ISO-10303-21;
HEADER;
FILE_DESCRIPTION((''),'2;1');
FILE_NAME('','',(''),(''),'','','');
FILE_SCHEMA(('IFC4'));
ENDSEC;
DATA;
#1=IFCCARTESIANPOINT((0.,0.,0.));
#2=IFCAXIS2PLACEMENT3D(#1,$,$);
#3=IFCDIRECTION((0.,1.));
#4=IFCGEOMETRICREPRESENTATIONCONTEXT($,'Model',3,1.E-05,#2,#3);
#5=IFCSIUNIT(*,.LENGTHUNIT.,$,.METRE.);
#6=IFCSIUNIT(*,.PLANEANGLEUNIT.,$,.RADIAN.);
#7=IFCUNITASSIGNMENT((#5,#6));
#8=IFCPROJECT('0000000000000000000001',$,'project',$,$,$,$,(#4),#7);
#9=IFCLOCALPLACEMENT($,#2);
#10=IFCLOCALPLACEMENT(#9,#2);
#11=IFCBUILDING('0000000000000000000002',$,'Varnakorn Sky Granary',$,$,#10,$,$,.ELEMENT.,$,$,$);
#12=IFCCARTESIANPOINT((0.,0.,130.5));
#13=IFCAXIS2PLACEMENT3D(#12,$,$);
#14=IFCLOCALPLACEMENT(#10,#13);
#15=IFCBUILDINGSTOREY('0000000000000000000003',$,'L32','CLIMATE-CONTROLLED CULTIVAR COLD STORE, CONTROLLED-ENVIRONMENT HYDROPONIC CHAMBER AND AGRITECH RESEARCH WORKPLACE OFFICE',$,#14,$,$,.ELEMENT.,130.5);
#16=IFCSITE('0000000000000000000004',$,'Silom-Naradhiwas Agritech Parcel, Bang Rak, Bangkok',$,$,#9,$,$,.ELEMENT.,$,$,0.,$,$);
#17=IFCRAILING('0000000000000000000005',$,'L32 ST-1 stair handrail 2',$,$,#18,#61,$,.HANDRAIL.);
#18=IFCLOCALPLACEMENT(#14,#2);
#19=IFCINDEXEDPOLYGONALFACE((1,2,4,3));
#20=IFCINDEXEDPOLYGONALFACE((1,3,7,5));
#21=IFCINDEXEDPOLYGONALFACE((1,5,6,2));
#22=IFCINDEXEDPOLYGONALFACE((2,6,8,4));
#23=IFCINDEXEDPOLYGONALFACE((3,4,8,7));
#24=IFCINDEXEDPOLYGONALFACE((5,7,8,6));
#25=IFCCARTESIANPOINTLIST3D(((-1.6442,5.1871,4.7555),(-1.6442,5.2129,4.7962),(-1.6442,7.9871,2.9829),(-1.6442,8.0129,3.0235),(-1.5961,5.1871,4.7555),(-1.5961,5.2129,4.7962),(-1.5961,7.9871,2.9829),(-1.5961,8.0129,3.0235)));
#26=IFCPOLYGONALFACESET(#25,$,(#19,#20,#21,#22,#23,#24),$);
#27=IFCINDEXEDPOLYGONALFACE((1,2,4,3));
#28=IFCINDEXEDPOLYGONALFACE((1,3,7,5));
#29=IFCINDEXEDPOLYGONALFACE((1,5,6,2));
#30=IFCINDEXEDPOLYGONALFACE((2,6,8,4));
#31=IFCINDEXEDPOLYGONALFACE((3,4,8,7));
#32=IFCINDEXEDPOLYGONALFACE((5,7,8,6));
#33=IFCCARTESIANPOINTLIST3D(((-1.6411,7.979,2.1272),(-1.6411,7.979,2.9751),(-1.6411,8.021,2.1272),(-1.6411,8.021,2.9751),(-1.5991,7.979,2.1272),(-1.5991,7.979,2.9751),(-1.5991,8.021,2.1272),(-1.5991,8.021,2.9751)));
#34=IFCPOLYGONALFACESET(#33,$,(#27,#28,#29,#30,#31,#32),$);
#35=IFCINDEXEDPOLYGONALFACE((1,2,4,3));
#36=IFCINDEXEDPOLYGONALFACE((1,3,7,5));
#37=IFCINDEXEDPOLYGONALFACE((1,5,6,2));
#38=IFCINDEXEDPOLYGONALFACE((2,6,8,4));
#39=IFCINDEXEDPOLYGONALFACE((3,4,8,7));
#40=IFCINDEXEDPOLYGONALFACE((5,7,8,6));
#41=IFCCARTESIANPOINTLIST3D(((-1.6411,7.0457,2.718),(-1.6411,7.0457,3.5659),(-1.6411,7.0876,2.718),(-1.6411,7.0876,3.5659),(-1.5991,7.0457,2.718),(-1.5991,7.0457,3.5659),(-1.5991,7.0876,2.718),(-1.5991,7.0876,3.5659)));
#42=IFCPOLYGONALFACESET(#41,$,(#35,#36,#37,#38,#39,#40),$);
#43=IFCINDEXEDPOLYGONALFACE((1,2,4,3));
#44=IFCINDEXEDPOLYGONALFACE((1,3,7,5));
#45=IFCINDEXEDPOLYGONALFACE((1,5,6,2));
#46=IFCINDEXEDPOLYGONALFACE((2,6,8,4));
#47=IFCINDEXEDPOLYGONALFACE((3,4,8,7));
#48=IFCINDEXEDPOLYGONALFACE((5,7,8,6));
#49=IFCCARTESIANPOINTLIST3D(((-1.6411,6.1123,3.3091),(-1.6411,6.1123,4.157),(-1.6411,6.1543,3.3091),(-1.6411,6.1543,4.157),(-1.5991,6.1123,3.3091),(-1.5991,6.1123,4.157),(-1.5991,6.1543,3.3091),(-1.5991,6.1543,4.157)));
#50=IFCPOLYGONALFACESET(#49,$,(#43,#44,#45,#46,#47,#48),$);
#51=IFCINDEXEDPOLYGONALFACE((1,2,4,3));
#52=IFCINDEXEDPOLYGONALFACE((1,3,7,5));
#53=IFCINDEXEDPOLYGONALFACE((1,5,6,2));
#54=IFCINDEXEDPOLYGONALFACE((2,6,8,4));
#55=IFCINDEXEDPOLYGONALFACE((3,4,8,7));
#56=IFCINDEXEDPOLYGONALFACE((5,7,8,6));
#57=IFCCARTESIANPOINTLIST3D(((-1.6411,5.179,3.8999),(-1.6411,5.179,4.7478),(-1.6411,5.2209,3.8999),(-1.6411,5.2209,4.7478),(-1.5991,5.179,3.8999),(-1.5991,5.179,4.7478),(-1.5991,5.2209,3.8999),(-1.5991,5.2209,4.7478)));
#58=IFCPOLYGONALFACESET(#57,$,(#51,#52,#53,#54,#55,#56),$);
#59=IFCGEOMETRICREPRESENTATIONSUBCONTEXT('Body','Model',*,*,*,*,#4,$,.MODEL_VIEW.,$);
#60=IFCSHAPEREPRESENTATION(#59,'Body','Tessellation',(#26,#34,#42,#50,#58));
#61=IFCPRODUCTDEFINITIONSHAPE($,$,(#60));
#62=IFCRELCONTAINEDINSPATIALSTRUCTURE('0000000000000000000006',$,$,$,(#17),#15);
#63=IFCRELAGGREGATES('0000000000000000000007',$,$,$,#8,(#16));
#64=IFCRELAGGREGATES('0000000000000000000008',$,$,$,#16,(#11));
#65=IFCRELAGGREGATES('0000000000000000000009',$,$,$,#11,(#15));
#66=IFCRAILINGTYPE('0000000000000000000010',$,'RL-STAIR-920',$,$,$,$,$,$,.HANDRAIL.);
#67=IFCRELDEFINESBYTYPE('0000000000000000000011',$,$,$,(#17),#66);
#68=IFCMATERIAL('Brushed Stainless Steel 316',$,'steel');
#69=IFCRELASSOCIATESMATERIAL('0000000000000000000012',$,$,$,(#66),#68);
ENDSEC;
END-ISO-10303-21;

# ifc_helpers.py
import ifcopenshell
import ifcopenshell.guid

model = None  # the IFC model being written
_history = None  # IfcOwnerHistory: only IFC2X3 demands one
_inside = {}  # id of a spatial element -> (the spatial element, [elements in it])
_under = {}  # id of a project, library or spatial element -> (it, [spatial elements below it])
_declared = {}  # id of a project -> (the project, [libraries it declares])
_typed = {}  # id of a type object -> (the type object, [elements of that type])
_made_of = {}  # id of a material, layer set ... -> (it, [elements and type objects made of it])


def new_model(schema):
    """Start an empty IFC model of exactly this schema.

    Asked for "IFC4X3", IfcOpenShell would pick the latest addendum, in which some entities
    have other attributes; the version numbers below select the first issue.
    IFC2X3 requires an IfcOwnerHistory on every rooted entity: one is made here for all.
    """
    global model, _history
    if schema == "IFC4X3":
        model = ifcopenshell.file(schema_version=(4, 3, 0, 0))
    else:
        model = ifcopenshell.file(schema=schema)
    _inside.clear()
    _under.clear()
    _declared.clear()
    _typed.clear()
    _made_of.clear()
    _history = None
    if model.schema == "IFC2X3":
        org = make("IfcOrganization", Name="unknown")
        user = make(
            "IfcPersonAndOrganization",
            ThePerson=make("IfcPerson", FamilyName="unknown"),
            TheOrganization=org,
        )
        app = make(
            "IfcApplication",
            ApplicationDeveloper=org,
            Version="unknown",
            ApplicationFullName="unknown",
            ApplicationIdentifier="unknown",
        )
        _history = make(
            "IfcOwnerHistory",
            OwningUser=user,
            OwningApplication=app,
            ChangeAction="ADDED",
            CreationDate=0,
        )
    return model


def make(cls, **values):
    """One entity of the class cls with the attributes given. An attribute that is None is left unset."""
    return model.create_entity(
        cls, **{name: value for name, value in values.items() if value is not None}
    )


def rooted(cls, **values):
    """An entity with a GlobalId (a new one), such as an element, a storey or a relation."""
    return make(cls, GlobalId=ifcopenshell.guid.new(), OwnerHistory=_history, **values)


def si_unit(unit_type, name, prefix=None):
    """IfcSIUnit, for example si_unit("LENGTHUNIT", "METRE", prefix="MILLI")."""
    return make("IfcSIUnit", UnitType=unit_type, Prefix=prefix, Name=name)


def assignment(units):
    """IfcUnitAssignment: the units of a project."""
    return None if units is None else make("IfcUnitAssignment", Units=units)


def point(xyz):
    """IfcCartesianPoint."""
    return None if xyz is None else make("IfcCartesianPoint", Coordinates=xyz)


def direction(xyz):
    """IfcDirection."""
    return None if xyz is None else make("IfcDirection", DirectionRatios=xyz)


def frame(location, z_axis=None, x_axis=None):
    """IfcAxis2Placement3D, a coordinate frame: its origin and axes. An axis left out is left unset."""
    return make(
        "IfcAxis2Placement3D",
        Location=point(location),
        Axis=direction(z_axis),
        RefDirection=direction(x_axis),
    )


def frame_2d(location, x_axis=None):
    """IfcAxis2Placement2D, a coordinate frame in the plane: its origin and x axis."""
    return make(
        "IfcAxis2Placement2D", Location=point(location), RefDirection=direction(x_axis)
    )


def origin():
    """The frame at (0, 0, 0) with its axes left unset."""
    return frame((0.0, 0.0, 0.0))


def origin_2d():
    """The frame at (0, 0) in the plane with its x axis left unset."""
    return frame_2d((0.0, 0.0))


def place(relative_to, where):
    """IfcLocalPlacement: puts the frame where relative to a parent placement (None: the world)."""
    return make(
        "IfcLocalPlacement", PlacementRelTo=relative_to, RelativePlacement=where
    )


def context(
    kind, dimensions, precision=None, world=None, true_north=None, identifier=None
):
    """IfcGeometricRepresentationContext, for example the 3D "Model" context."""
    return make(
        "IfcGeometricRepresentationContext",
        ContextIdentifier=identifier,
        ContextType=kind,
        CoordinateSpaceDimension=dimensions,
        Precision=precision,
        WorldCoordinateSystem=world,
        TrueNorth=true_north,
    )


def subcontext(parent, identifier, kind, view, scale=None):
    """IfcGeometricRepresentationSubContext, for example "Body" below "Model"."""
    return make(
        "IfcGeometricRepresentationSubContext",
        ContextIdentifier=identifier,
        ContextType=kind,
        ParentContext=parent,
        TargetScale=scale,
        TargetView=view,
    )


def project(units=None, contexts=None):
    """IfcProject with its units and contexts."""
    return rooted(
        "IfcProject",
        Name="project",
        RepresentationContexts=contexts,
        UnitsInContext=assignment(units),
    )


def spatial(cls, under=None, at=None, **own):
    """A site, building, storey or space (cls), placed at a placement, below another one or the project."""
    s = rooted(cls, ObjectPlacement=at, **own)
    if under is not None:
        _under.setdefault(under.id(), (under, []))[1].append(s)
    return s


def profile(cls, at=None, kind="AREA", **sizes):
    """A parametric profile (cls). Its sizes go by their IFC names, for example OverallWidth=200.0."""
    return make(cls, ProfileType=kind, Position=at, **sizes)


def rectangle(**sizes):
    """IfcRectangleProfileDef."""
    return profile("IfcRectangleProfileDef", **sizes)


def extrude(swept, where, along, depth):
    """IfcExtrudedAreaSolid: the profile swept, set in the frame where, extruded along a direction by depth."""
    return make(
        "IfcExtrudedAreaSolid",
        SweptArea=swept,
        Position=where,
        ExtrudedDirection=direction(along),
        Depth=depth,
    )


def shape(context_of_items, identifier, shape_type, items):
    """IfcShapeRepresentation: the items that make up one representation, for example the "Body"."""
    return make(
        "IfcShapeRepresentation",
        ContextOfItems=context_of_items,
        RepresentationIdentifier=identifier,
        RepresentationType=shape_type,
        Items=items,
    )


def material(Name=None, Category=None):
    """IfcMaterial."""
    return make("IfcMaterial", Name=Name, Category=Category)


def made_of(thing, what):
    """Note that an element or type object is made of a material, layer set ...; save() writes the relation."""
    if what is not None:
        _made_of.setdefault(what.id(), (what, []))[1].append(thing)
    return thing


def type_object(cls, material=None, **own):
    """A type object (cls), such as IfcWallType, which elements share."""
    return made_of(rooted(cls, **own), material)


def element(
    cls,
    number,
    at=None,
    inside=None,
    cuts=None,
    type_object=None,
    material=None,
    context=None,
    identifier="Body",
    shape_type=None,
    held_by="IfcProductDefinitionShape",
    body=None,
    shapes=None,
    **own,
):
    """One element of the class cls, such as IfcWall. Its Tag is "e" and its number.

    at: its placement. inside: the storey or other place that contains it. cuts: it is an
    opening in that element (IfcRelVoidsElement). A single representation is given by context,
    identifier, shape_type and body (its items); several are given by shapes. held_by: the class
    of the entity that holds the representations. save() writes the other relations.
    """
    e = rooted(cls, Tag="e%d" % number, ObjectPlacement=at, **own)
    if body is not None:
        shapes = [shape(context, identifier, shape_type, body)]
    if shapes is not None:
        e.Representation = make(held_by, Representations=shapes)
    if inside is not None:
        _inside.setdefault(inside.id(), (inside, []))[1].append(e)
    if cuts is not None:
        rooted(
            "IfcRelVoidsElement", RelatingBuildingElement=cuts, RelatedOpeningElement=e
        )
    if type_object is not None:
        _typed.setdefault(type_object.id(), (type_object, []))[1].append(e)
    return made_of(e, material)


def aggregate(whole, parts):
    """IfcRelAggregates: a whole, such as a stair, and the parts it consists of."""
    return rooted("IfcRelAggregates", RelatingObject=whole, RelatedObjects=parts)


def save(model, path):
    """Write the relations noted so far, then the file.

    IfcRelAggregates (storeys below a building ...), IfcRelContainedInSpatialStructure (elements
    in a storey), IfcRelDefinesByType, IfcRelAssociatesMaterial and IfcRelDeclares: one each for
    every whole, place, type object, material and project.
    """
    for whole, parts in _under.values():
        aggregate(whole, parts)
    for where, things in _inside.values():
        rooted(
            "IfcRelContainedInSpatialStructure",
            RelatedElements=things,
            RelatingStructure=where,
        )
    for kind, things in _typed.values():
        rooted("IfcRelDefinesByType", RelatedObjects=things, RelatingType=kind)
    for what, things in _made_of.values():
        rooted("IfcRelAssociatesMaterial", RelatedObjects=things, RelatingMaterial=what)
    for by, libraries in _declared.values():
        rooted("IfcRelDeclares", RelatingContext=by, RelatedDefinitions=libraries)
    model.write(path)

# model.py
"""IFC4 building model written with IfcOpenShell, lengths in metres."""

from ifc_helpers import new_model, si_unit, direction, frame, origin, origin_2d, place, context, subcontext, project, spatial, rectangle, extrude, material, type_object, element, save


model = new_model("IFC4")

# Units and contexts
model_context = context("Model", 3, precision=1e-05, world=origin(), true_north=direction((0.0, 1.0)))
body_context = subcontext(model_context, "Body", "Model", "MODEL_VIEW")
ifc_project = project(units=[si_unit("LENGTHUNIT", "METRE"), si_unit("PLANEANGLEUNIT", "RADIAN")], contexts=[model_context])

# Site, building, storey
site_placement = place(None, origin())
site = spatial("IfcSite", under=ifc_project, at=site_placement, Name="Silom-Naradhiwas Agritech Parcel, Bang Rak, Bangkok", CompositionType="ELEMENT", RefElevation=0.0)
building_placement = place(site_placement, origin())
building = spatial("IfcBuilding", under=site, at=building_placement, Name="Varnakorn Sky Granary", CompositionType="ELEMENT")
storey_placement = place(building_placement, frame((0.0, 0.0, 130.5)))
storey = spatial("IfcBuildingStorey", under=building, at=storey_placement, Name="L32", Description="CLIMATE-CONTROLLED CULTIVAR COLD STORE, CONTROLLED-ENVIRONMENT HYDROPONIC CHAMBER AND AGRITECH RESEARCH WORKPLACE OFFICE", CompositionType="ELEMENT", Elevation=130.5)

# Railing
ifc_material_1 = material(Name="Brushed Stainless Steel 316", Category="steel")
railing_type_1 = type_object("IfcRailingType", Name="RL-STAIR-920", PredefinedType="HANDRAIL", material=ifc_material_1)
railing_1_placement = place(storey_placement, frame((-1.6201, 8.0, 2.1272)))
element("IfcRailing", 1, at=railing_1_placement, inside=storey, type_object=railing_type_1, Name="L32 ST-1 stair handrail 2", PredefinedType="HANDRAIL", context=body_context, shape_type="SweptSolid", body=[
    extrude(rectangle(XDim=0.0481, YDim=0.0481, at=origin_2d()), frame((0.0, 0.0, 0.876), z_axis=(0.0, -0.844909, 0.53491), x_axis=(1.0, 0.0, 0.0)), (0.0, 0.0, 1.0), 3.314),
    extrude(rectangle(XDim=0.042, YDim=0.042, at=origin_2d()), origin(), (0.0, 0.0, 1.0), 0.8479),
    extrude(rectangle(XDim=0.042, YDim=0.042, at=origin_2d()), frame((0.0, -0.9333, 0.5908)), (0.0, 0.0, 1.0), 0.8479),
    extrude(rectangle(XDim=0.042, YDim=0.042, at=origin_2d()), frame((0.0, -1.8667, 1.1819)), (0.0, 0.0, 1.0), 0.8479),
    extrude(rectangle(XDim=0.042, YDim=0.042, at=origin_2d()), frame((0.0, -2.8, 1.7727)), (0.0, 0.0, 1.0), 0.8479),
])

save(model, "model.ifc")
